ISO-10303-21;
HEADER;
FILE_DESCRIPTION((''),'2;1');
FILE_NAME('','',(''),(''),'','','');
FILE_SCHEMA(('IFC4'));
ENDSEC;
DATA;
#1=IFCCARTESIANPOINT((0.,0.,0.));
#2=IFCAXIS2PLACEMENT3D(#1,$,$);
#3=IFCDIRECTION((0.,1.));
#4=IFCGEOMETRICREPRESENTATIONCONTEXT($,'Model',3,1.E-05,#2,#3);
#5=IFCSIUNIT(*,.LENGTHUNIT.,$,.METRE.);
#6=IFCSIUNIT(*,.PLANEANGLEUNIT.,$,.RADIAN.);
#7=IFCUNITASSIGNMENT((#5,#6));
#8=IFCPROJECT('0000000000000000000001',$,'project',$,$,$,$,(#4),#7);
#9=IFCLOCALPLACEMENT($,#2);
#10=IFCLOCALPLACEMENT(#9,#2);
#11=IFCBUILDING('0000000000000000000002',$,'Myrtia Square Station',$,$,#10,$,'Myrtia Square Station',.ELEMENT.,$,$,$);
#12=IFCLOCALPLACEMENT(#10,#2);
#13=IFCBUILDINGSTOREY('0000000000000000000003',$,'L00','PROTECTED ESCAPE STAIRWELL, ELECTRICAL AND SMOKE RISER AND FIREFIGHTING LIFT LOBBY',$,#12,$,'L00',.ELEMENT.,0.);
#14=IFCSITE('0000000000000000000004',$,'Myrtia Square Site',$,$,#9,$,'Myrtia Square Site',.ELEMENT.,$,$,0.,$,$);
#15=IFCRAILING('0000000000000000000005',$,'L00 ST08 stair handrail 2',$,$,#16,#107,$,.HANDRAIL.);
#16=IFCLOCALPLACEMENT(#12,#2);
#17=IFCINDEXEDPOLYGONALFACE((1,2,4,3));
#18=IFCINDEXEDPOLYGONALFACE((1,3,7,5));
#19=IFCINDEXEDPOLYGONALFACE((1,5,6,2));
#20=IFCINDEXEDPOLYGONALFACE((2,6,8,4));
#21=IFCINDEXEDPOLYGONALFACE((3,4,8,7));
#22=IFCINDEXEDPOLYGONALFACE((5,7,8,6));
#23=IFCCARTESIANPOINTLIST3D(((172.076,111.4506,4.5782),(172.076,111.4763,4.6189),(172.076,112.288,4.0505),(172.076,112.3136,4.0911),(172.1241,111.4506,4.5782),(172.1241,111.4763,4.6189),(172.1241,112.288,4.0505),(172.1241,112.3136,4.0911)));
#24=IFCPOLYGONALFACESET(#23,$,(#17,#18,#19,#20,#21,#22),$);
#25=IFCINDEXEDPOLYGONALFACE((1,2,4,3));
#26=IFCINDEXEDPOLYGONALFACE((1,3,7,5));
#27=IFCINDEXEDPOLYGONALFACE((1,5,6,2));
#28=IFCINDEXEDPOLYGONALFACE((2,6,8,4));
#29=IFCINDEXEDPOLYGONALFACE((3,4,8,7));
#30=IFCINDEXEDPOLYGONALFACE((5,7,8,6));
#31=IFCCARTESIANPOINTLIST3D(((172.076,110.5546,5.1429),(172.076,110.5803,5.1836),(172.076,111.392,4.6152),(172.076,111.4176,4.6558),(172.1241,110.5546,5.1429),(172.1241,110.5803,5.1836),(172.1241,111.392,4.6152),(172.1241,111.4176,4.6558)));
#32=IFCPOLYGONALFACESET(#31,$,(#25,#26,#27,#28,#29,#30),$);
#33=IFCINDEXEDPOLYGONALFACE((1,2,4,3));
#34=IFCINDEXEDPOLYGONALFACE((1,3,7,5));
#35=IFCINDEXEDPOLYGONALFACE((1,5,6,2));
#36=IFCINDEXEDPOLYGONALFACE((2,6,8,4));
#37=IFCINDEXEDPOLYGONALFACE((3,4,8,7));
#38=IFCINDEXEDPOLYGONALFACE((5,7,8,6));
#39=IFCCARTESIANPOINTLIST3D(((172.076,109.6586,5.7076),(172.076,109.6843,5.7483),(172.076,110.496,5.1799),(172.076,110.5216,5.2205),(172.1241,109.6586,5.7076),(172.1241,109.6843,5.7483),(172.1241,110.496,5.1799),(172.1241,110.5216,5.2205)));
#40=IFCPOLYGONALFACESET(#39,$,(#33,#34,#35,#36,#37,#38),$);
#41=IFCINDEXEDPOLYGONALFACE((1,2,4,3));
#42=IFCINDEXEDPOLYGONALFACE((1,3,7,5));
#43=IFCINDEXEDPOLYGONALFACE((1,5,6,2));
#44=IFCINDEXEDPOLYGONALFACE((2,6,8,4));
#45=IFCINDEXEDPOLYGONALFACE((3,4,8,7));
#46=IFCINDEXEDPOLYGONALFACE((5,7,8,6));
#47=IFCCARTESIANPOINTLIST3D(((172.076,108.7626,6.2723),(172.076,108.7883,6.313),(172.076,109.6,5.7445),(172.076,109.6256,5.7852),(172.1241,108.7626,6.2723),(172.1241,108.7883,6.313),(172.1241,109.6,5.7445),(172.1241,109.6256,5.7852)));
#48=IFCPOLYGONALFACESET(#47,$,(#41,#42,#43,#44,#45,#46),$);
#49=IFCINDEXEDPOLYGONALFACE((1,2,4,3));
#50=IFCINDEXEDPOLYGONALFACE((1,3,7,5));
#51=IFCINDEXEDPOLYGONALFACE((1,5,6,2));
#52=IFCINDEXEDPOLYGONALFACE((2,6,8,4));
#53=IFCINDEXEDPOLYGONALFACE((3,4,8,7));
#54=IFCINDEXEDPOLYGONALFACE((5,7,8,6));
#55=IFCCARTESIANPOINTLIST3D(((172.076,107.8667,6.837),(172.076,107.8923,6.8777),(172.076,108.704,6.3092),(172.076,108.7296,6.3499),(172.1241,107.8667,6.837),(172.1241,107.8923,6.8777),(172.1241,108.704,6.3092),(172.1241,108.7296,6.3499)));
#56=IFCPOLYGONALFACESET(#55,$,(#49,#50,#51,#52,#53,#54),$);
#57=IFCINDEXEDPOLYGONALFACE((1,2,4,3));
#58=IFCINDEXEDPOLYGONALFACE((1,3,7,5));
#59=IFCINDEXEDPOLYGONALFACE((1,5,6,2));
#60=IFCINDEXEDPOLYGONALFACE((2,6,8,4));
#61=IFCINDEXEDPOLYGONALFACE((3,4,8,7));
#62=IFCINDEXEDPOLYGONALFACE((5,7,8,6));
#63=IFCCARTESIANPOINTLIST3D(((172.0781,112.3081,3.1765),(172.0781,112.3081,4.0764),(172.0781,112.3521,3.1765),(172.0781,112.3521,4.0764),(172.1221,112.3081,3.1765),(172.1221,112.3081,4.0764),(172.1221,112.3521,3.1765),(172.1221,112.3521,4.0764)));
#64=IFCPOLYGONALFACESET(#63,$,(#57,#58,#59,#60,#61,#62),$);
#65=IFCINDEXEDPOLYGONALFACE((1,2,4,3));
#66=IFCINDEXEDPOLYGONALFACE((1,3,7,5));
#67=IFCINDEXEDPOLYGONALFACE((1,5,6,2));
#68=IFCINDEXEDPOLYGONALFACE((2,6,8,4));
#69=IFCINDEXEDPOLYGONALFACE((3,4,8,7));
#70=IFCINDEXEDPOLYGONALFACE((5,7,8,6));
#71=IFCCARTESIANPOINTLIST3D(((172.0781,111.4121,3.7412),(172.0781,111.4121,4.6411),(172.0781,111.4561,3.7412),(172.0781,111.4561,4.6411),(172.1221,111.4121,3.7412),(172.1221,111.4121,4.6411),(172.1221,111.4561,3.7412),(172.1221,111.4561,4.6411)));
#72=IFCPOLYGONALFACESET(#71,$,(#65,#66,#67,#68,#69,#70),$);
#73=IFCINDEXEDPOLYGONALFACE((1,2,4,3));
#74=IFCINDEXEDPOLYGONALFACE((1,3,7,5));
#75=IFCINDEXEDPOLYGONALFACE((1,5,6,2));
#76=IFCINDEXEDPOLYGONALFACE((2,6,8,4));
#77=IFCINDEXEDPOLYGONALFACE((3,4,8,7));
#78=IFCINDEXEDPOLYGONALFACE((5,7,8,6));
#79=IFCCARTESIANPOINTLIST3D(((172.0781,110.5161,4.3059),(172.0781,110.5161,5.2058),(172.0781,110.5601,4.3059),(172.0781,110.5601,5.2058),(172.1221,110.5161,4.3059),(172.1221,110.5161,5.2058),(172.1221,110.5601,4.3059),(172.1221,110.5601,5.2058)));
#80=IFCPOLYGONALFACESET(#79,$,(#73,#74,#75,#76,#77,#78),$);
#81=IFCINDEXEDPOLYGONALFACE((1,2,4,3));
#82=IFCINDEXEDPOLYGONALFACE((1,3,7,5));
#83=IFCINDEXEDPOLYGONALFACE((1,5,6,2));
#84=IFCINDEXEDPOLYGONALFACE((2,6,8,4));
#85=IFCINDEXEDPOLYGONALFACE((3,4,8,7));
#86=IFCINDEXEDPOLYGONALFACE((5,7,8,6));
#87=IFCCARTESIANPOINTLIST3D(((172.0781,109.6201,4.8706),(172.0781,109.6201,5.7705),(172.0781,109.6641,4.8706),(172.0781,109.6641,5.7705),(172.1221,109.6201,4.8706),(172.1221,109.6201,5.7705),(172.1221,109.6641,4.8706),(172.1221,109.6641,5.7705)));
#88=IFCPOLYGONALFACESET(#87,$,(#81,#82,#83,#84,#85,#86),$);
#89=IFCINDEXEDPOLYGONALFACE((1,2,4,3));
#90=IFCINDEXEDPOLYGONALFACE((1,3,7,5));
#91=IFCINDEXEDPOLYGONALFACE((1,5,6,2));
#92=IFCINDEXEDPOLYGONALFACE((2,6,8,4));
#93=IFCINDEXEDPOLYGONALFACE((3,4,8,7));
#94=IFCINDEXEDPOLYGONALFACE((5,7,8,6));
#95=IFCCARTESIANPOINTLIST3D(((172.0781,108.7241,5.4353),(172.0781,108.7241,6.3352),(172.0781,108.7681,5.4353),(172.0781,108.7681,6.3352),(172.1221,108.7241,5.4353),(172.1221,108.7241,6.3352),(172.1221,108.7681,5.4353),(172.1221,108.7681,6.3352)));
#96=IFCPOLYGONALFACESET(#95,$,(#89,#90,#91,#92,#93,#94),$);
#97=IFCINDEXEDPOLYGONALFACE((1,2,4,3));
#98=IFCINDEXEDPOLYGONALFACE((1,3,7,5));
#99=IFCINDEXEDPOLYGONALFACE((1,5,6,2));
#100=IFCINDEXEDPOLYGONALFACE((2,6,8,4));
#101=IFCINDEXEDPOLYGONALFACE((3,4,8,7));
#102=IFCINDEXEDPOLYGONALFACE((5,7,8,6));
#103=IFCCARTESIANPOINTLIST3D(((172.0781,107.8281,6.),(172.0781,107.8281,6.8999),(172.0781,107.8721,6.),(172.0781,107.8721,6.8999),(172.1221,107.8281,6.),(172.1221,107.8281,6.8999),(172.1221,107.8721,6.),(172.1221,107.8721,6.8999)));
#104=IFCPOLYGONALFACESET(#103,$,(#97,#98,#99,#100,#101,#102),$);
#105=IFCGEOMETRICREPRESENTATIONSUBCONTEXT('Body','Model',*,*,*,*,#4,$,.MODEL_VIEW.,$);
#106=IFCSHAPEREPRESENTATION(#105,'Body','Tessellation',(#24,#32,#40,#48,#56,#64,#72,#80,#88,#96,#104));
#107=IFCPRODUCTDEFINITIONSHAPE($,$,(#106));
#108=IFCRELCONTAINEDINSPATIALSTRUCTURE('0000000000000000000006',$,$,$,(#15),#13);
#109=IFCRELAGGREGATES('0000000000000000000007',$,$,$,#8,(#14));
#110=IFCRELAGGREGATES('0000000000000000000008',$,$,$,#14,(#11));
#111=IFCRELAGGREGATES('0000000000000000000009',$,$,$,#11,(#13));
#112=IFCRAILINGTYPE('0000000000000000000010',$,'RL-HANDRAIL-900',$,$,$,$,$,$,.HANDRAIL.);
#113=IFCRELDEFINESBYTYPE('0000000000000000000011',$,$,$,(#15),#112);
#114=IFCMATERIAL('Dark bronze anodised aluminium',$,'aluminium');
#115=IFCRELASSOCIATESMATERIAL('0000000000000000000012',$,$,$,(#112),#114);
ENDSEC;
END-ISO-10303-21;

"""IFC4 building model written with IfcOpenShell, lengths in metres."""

from ifc_helpers import new_model, si_unit, direction, frame, origin, origin_2d, place, context, subcontext, project, spatial, rectangle, extrude, material, type_object, element, save


model = new_model("IFC4")

# Units and contexts
model_context = context("Model", 3, precision=1e-05, world=origin(), true_north=direction((0.0, 1.0)))
body_context = subcontext(model_context, "Body", "Model", "MODEL_VIEW")
ifc_project = project(units=[si_unit("LENGTHUNIT", "METRE"), si_unit("PLANEANGLEUNIT", "RADIAN")], contexts=[model_context])

# Site, building, storey
site_placement = place(None, origin())
site = spatial("IfcSite", under=ifc_project, at=site_placement, Name="Myrtia Square Site", LongName="Myrtia Square Site", CompositionType="ELEMENT", RefElevation=0.0)
building_placement = place(site_placement, origin())
building = spatial("IfcBuilding", under=site, at=building_placement, Name="Myrtia Square Station", LongName="Myrtia Square Station", CompositionType="ELEMENT")
storey_placement = place(building_placement, origin())
storey = spatial("IfcBuildingStorey", under=building, at=storey_placement, Name="L00", Description="PROTECTED ESCAPE STAIRWELL, ELECTRICAL AND SMOKE RISER AND FIREFIGHTING LIFT LOBBY", LongName="L00", CompositionType="ELEMENT", Elevation=0.0)

# Shared definitions
ifc_material_1 = material(Name="Dark bronze anodised aluminium", Category="aluminium")

# Railing
railing_type_1 = type_object("IfcRailingType", Name="RL-HANDRAIL-900", PredefinedType="HANDRAIL", material=ifc_material_1)
railing_1_placement = place(storey_placement, frame((172.1001, 112.3301, 3.1765)))
element("IfcRailing", 1, at=railing_1_placement, inside=storey, type_object=railing_type_1, Name="L00 ST08 stair handrail 2", PredefinedType="HANDRAIL", context=body_context, shape_type="SweptSolid", body=[
    extrude(rectangle(XDim=0.0481, YDim=0.0481, at=origin_2d()), frame((0.0, -0.0293, 0.8943), z_axis=(0.0, -0.845998, 0.533186), x_axis=(1.0, 0.0, 0.0)), (0.0, 0.0, 1.0), 0.9897),
    extrude(rectangle(XDim=0.0481, YDim=0.0481, at=origin_2d()), frame((0.0, -0.9253, 1.459), z_axis=(0.0, -0.845998, 0.533186), x_axis=(1.0, 0.0, 0.0)), (0.0, 0.0, 1.0), 0.9897),
    extrude(rectangle(XDim=0.0481, YDim=0.0481, at=origin_2d()), frame((0.0, -1.8213, 2.0237), z_axis=(0.0, -0.845998, 0.533186), x_axis=(1.0, 0.0, 0.0)), (0.0, 0.0, 1.0), 0.9897),
    extrude(rectangle(XDim=0.0481, YDim=0.0481, at=origin_2d()), frame((0.0, -2.7173, 2.5884), z_axis=(0.0, -0.845998, 0.533186), x_axis=(1.0, 0.0, 0.0)), (0.0, 0.0, 1.0), 0.9897),
    extrude(rectangle(XDim=0.0481, YDim=0.0481, at=origin_2d()), frame((0.0, -3.6133, 3.1531), z_axis=(0.0, -0.845998, 0.533186), x_axis=(1.0, 0.0, 0.0)), (0.0, 0.0, 1.0), 0.9897),
    extrude(rectangle(XDim=0.0439, YDim=0.0439, at=origin_2d()), origin(), (0.0, 0.0, 1.0), 0.8999),
    extrude(rectangle(XDim=0.0439, YDim=0.0439, at=origin_2d()), frame((0.0, -0.896, 0.5647)), (0.0, 0.0, 1.0), 0.8999),
    extrude(rectangle(XDim=0.0439, YDim=0.0439, at=origin_2d()), frame((0.0, -1.792, 1.1294)), (0.0, 0.0, 1.0), 0.8999),
    extrude(rectangle(XDim=0.0439, YDim=0.0439, at=origin_2d()), frame((0.0, -2.688, 1.6941)), (0.0, 0.0, 1.0), 0.8999),
    extrude(rectangle(XDim=0.0439, YDim=0.0439, at=origin_2d()), frame((0.0, -3.584, 2.2588)), (0.0, 0.0, 1.0), 0.8999),
    extrude(rectangle(XDim=0.0439, YDim=0.0439, at=origin_2d()), frame((0.0, -4.48, 2.8235)), (0.0, 0.0, 1.0), 0.8999),
])

save(model, "model.ifc")
